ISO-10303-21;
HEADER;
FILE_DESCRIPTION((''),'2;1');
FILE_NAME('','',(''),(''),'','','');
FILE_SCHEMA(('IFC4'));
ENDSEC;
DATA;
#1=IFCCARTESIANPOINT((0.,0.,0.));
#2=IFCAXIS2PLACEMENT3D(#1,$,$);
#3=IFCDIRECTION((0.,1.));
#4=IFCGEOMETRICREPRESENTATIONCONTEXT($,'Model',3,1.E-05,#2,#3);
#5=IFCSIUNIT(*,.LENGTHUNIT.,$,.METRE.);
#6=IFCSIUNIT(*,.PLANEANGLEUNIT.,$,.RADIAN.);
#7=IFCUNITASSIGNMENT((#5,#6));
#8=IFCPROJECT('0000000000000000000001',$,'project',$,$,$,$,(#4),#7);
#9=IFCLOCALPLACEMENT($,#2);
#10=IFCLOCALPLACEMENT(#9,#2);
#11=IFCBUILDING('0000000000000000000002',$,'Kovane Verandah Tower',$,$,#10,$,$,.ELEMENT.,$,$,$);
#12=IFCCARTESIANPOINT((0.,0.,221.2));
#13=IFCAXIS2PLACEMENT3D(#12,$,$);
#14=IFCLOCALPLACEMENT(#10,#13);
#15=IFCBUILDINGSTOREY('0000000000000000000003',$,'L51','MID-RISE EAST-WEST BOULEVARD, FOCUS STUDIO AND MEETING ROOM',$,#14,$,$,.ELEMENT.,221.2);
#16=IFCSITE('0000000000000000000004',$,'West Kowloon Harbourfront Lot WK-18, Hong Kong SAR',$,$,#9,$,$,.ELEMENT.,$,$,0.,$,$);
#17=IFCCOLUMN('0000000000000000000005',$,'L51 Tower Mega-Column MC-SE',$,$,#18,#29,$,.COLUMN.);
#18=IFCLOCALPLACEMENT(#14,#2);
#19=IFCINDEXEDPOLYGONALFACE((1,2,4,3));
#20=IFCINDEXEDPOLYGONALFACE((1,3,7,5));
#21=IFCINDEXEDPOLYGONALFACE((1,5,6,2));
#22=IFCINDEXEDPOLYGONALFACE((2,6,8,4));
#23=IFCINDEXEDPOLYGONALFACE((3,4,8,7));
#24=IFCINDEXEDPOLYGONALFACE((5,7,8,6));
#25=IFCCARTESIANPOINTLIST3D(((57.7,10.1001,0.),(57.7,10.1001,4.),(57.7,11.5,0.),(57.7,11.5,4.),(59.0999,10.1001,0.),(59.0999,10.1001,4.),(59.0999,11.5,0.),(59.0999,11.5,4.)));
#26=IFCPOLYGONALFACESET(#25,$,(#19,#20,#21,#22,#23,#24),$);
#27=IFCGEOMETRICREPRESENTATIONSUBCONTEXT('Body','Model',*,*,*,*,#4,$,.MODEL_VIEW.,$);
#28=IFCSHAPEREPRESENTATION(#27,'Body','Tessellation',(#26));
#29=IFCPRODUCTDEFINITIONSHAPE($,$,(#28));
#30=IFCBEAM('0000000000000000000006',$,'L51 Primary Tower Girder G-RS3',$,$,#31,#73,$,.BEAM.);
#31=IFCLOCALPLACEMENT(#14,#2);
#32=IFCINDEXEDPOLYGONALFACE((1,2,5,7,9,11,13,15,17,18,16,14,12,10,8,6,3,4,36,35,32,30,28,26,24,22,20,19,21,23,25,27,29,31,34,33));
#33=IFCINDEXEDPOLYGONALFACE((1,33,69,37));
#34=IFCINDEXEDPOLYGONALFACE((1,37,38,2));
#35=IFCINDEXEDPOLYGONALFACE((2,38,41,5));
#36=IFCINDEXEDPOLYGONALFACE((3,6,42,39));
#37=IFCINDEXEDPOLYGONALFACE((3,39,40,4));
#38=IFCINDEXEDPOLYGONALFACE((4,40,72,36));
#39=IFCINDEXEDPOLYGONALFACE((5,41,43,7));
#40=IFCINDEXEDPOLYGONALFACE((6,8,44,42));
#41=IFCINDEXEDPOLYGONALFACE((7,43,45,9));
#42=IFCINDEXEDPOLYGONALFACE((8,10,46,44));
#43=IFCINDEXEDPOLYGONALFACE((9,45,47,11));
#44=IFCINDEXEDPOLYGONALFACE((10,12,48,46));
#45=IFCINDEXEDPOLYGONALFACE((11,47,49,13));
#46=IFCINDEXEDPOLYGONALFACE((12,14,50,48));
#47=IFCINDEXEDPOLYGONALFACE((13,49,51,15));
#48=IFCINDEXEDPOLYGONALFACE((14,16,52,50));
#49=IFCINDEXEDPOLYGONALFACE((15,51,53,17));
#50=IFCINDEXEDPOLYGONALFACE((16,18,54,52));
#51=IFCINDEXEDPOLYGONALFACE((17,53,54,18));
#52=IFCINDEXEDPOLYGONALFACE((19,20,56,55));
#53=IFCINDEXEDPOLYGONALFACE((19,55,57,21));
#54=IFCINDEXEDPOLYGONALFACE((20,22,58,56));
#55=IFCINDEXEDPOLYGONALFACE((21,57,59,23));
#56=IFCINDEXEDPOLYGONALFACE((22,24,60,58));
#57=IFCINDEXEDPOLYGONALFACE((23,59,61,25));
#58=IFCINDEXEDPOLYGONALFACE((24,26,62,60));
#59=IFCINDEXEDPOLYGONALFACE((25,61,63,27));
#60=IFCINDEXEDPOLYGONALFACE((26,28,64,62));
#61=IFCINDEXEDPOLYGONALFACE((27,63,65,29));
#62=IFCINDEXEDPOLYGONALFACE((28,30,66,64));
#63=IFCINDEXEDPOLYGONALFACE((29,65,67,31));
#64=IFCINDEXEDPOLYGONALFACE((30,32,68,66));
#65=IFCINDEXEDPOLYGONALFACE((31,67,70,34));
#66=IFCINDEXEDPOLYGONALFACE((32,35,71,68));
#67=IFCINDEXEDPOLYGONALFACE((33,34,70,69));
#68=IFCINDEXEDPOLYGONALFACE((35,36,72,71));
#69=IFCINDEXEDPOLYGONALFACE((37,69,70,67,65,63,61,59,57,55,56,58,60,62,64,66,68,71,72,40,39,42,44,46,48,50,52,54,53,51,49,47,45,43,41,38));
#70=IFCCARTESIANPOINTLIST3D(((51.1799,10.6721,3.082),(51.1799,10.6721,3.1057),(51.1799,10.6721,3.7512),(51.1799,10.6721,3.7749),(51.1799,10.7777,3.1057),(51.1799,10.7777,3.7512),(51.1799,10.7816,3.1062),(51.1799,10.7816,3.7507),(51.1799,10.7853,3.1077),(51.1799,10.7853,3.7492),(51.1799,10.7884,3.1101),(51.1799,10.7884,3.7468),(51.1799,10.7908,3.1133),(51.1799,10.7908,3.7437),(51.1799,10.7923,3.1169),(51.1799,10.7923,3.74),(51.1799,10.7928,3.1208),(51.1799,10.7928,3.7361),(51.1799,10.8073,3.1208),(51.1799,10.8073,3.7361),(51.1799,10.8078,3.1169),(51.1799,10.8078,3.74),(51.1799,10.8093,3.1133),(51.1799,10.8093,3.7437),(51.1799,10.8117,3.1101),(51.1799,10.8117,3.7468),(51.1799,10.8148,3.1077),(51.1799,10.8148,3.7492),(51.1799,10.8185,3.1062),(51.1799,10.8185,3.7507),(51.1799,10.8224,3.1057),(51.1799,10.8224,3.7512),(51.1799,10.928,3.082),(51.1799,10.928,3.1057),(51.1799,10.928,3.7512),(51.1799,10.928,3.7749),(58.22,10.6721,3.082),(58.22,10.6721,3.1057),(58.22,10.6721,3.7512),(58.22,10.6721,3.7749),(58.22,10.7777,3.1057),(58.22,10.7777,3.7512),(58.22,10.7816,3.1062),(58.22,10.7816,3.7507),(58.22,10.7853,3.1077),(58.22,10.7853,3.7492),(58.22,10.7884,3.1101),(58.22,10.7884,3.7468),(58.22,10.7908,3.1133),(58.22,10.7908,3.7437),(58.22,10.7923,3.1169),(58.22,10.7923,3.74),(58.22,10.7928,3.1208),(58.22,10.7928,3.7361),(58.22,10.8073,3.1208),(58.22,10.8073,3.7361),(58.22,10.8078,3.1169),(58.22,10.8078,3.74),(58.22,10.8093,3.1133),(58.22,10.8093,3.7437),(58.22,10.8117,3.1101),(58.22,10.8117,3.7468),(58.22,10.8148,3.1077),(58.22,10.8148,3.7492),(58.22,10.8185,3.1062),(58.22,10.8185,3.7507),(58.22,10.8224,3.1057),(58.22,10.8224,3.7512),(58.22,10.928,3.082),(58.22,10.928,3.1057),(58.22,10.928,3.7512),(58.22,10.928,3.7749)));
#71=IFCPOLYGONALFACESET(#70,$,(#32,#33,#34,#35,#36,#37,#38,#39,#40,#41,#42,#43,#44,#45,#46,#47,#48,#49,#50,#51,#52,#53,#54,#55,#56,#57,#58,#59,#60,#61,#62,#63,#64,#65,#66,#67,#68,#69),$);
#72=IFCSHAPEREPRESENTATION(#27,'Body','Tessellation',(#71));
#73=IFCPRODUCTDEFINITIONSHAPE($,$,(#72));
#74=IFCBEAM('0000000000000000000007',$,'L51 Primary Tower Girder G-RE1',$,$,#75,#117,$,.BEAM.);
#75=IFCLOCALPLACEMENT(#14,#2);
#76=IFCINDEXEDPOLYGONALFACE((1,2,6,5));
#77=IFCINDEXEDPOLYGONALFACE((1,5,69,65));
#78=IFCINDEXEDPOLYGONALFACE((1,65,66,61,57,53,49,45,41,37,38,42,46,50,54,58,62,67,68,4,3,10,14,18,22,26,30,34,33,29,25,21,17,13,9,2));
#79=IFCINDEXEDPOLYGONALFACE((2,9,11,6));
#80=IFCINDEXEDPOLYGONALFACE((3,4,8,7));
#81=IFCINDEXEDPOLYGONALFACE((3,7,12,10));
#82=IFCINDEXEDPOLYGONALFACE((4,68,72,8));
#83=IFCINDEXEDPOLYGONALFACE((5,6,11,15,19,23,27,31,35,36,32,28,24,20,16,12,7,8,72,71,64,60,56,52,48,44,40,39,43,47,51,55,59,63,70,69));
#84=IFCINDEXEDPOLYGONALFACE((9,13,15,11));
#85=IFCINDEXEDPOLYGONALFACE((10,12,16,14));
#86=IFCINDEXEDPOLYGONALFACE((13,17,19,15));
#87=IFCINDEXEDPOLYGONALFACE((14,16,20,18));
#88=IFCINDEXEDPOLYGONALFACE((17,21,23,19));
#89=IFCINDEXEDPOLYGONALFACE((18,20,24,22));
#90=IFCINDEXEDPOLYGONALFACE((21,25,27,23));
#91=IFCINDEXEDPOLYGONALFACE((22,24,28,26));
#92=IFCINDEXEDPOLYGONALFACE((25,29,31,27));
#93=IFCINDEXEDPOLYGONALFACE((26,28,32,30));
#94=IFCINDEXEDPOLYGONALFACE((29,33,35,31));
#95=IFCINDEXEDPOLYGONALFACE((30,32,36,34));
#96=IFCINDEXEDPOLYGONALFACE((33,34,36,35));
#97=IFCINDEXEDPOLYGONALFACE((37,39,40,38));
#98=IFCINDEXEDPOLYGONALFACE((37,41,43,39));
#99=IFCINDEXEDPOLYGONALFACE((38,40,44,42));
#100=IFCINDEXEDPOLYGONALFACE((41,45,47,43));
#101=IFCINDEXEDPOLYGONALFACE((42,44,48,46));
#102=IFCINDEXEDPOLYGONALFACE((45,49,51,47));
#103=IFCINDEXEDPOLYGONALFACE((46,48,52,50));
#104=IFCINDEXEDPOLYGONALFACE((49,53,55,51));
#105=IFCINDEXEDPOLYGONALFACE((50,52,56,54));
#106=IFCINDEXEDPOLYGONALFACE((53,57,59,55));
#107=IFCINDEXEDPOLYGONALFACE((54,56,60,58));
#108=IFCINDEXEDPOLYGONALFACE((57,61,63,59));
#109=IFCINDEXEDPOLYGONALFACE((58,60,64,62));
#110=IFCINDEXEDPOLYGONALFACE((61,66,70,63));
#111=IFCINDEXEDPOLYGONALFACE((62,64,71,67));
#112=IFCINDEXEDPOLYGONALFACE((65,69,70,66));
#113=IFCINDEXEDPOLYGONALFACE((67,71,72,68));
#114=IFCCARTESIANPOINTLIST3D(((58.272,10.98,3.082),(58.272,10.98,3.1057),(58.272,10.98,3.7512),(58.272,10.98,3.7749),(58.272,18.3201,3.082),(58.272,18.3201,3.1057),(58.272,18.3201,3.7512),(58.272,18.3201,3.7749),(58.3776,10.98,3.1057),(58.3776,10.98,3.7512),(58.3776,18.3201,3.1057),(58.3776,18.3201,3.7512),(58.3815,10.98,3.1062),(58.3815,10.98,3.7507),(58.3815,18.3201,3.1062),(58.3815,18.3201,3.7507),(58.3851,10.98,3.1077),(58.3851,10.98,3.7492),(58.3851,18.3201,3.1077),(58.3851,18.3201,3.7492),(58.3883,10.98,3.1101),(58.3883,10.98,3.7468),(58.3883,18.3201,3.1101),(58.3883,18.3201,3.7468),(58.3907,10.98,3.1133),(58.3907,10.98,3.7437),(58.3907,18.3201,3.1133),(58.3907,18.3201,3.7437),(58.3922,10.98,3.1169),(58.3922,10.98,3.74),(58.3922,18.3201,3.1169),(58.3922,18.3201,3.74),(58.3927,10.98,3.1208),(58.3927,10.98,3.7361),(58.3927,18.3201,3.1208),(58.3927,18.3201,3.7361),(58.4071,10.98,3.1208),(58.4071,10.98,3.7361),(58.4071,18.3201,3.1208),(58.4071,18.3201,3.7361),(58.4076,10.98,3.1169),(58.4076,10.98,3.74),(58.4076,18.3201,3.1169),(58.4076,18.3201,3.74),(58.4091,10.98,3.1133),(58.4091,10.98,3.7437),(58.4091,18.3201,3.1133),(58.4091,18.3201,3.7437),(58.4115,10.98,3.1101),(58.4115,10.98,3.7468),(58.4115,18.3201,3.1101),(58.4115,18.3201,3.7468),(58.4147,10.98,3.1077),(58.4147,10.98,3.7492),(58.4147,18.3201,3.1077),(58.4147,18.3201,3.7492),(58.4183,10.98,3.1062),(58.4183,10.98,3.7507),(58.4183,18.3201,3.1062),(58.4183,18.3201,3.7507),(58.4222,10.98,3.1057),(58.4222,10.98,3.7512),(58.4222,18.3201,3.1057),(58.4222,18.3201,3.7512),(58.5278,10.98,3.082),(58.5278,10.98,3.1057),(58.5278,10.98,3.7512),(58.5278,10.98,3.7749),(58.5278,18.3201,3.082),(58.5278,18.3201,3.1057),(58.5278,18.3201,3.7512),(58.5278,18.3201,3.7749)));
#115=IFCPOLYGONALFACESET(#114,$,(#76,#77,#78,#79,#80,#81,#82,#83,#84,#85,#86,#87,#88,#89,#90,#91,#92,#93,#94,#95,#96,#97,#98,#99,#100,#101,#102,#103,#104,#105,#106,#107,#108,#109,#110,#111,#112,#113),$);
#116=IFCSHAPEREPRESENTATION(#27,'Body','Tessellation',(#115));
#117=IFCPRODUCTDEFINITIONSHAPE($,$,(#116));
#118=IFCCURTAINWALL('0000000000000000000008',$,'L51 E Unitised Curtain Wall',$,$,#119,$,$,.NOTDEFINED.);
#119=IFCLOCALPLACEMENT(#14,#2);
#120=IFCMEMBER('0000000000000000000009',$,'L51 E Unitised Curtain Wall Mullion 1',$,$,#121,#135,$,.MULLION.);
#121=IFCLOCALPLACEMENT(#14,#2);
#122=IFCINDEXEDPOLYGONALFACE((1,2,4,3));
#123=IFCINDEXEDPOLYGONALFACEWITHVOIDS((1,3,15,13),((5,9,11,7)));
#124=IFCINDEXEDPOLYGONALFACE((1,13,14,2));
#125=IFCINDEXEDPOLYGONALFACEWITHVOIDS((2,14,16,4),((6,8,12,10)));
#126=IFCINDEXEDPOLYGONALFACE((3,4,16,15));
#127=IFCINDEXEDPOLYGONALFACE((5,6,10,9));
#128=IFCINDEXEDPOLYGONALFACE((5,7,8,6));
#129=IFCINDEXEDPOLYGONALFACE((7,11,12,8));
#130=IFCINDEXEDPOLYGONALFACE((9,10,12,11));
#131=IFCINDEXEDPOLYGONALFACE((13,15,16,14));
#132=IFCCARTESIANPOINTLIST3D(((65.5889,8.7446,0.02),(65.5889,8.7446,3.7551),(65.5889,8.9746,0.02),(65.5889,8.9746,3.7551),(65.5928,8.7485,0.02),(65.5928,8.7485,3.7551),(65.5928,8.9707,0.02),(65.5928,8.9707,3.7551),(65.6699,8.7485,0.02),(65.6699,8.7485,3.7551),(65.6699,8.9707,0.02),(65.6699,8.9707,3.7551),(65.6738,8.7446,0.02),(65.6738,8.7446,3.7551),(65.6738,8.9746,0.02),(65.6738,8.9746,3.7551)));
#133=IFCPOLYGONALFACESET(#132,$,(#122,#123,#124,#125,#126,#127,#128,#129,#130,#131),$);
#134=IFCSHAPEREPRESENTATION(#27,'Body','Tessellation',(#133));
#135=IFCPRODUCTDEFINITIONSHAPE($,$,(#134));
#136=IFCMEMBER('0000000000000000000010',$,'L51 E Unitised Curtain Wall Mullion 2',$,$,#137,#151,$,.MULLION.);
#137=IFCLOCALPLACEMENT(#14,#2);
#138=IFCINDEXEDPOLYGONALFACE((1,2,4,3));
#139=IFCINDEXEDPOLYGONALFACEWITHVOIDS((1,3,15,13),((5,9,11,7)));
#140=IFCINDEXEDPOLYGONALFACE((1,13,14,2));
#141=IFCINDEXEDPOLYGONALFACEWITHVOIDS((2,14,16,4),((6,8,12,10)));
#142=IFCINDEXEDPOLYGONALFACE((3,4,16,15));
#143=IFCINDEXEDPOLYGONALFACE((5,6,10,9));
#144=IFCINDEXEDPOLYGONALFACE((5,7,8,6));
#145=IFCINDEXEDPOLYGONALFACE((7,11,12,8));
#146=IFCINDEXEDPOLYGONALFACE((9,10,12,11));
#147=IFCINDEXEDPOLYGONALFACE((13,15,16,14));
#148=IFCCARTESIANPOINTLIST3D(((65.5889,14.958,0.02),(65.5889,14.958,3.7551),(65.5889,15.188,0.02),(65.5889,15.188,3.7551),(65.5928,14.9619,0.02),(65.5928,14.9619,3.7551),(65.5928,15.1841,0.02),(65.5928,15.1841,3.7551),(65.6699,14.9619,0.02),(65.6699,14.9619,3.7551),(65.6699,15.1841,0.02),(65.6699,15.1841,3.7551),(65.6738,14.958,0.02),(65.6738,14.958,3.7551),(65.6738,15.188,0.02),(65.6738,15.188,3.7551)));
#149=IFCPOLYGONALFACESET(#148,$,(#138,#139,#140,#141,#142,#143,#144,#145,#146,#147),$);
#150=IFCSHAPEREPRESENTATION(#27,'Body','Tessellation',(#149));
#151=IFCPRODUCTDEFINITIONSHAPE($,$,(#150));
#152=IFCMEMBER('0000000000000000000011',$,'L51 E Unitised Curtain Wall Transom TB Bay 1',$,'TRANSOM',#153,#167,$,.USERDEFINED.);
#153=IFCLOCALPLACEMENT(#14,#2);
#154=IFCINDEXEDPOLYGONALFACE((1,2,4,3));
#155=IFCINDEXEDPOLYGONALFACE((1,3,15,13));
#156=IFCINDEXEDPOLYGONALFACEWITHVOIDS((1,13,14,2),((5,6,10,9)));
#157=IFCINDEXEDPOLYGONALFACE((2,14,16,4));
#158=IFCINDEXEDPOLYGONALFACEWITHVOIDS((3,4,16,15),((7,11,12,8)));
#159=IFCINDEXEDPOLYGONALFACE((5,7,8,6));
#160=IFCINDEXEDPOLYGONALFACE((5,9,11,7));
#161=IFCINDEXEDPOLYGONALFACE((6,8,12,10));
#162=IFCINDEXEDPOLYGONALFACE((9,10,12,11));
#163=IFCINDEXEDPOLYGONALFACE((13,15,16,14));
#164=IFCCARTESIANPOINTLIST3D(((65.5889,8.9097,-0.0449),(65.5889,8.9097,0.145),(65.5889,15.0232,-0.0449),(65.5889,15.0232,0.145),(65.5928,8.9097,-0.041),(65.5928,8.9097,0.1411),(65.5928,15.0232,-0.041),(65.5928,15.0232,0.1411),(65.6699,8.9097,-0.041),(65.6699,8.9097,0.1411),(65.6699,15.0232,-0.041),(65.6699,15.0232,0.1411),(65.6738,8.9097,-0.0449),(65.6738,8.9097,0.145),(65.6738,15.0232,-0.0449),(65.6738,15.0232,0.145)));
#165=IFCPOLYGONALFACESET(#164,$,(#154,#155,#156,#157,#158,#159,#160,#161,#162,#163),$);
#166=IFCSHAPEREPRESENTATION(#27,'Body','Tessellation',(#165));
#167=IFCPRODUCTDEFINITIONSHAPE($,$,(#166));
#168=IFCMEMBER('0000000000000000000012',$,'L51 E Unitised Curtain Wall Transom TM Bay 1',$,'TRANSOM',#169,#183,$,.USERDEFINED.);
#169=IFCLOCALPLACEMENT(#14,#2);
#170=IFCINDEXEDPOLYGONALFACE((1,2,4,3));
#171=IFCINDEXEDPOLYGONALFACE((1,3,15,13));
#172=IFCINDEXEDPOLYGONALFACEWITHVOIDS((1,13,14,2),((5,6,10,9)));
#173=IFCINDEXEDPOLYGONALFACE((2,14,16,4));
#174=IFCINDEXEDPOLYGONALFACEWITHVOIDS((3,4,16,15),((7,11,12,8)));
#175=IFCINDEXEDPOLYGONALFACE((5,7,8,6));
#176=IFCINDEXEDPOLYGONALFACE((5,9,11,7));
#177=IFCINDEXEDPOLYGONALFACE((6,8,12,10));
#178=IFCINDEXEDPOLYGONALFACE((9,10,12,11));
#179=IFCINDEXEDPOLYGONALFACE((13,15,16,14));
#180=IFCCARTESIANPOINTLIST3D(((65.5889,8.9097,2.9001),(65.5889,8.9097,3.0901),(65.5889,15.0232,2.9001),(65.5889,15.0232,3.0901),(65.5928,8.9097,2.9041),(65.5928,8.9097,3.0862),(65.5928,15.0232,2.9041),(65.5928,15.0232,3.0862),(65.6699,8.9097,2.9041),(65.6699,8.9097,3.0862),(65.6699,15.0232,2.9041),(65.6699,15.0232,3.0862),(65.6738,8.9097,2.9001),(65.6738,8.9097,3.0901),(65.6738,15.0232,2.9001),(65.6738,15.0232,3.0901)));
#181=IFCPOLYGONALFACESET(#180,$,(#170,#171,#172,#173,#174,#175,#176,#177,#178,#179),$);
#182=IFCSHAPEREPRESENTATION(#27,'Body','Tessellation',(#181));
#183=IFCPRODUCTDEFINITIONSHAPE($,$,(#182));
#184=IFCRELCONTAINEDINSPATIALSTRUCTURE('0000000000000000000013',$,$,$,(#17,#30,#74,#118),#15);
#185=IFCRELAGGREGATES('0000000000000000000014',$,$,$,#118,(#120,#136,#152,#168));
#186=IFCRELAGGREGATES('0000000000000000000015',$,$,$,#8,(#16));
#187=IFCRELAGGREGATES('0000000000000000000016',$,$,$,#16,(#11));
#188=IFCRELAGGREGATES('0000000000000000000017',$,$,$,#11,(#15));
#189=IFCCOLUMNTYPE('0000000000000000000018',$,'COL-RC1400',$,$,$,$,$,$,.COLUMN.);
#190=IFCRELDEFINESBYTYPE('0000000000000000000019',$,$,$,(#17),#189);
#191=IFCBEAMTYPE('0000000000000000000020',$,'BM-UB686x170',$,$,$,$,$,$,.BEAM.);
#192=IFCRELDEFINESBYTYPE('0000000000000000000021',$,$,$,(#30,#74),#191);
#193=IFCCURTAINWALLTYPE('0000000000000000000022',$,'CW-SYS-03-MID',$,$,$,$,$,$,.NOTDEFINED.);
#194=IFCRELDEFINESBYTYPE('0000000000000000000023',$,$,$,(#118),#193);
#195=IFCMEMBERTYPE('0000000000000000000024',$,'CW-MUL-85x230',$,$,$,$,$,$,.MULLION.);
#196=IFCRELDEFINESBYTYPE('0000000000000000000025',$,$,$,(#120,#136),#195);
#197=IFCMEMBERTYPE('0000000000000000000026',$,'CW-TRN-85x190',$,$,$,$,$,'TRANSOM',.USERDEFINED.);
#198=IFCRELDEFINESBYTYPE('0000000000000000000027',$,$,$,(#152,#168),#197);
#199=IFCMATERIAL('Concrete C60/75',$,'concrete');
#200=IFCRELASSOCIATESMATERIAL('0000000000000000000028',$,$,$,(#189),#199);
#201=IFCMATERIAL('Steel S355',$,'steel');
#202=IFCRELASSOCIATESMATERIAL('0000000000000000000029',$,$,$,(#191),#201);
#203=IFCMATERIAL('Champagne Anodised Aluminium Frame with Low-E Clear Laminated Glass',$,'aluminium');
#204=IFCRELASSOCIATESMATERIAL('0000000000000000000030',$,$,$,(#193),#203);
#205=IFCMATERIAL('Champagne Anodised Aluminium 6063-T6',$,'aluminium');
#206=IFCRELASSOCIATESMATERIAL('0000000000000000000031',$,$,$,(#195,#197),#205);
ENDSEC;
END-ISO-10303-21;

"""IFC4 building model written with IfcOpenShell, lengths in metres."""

from ifc_helpers import new_model, si_unit, direction, frame, origin, origin_2d, place, context, subcontext, project, spatial, rectangle, hollow_rectangle, i_section, extrude, material, material_profile, profile_set, type_object, element, aggregate, save


model = new_model("IFC4")

# Units and contexts
model_context = context("Model", 3, precision=1e-05, world=origin(), true_north=direction((0.0, 1.0)))
body_context = subcontext(model_context, "Body", "Model", "MODEL_VIEW")
ifc_project = project(units=[si_unit("LENGTHUNIT", "METRE"), si_unit("PLANEANGLEUNIT", "RADIAN")], contexts=[model_context])

# Site, building, storey
site_placement = place(None, origin())
site = spatial("IfcSite", under=ifc_project, at=site_placement, Name="West Kowloon Harbourfront Lot WK-18, Hong Kong SAR", CompositionType="ELEMENT", RefElevation=0.0)
building_placement = place(site_placement, origin())
building = spatial("IfcBuilding", under=site, at=building_placement, Name="Kovane Verandah Tower", CompositionType="ELEMENT")
storey_placement = place(building_placement, frame((0.0, 0.0, 221.2)))
storey = spatial("IfcBuildingStorey", under=building, at=storey_placement, Name="L51", Description="MID-RISE EAST-WEST BOULEVARD, FOCUS STUDIO AND MEETING ROOM", CompositionType="ELEMENT", Elevation=221.2)

# Column
ifc_material_1 = material(Name="Concrete C60/75", Category="concrete")
ifc_material_profile_1 = material_profile(ifc_material_1, rectangle(XDim=1.3999, YDim=1.3999, at=origin_2d()), Name="RC1400x1400")
ifc_profile_set_1 = profile_set([ifc_material_profile_1], Name="Concrete C60/75")
column_type = type_object("IfcColumnType", Name="COL-RC1400", PredefinedType="COLUMN", material=ifc_profile_set_1)
column_placement = place(storey_placement, frame((58.3999, 10.8, 0.0), z_axis=(0.0, 0.0, 1.0), x_axis=(1.0, 0.0, 0.0)))
element("IfcColumn", 1, at=column_placement, inside=storey, type_object=column_type, Name="L51 Tower Mega-Column MC-SE", PredefinedType="COLUMN", context=body_context, shape_type="SweptSolid", body=[
    extrude(rectangle(XDim=1.3999, YDim=1.3999, at=origin_2d()), origin(), (0.0, 0.0, 1.0), 4.0),
])

# Beams
ifc_material_2 = material(Name="Steel S355", Category="steel")
ifc_material_profile_2 = material_profile(ifc_material_2, i_section(OverallWidth=0.2559, OverallDepth=0.6929, WebThickness=0.0144, FlangeThickness=0.0237, FilletRadius=0.0151, at=origin_2d()), Name="UB686x254x170")
ifc_profile_set_2 = profile_set([ifc_material_profile_2], Name="Steel S355")
beam_type_1 = type_object("IfcBeamType", Name="BM-UB686x170", PredefinedType="BEAM", material=ifc_profile_set_2)
beam_1_placement = place(storey_placement, frame((51.1799, 10.8, 3.4285), z_axis=(1.0, 0.0, 0.0), x_axis=(0.0, 1.0, 0.0)))
element("IfcBeam", 2, at=beam_1_placement, inside=storey, type_object=beam_type_1, Name="L51 Primary Tower Girder G-RS3", PredefinedType="BEAM", context=body_context, shape_type="SweptSolid", body=[
    extrude(i_section(OverallWidth=0.2559, OverallDepth=0.6929, WebThickness=0.0144, FlangeThickness=0.0237, FilletRadius=0.0151, at=origin_2d()), origin(), (0.0, 0.0, 1.0), 7.04),
])
beam_2_placement = place(storey_placement, frame((58.3999, 10.98, 3.4285), z_axis=(0.0, 1.0, 0.0), x_axis=(-1.0, 0.0, 0.0)))
element("IfcBeam", 3, at=beam_2_placement, inside=storey, type_object=beam_type_1, Name="L51 Primary Tower Girder G-RE1", PredefinedType="BEAM", context=body_context, shape_type="SweptSolid", body=[
    extrude(i_section(OverallWidth=0.2559, OverallDepth=0.6929, WebThickness=0.0144, FlangeThickness=0.0237, FilletRadius=0.0151, at=origin_2d()), origin(), (0.0, 0.0, 1.0), 7.3401),
])

# Curtain wall, members
ifc_material_3 = material(Name="Champagne Anodised Aluminium Frame with Low-E Clear Laminated Glass", Category="aluminium")
curtain_wall_type = type_object("IfcCurtainWallType", Name="CW-SYS-03-MID", PredefinedType="NOTDEFINED", material=ifc_material_3)
curtain_wall_placement = place(storey_placement, origin())
curtain_wall = element("IfcCurtainWall", 4, at=curtain_wall_placement, inside=storey, type_object=curtain_wall_type, Name="L51 E Unitised Curtain Wall", PredefinedType="NOTDEFINED")
ifc_material_4 = material(Name="Champagne Anodised Aluminium 6063-T6", Category="aluminium")
ifc_material_profile_3 = material_profile(ifc_material_4, hollow_rectangle(XDim=0.085, YDim=0.23, WallThickness=0.0039, at=origin_2d()), Name="AL85x230x4")
ifc_profile_set_3 = profile_set([ifc_material_profile_3], Name="Champagne Anodised Aluminium 6063-T6")
member_type_1 = type_object("IfcMemberType", Name="CW-MUL-85x230", PredefinedType="MULLION", material=ifc_profile_set_3)
member_1_placement = place(storey_placement, frame((65.6313, 8.8596, 0.02), z_axis=(0.0, 0.0, 1.0), x_axis=(1.0, 0.0, 0.0)))
member_1 = element("IfcMember", 5, at=member_1_placement, type_object=member_type_1, Name="L51 E Unitised Curtain Wall Mullion 1", PredefinedType="MULLION", context=body_context, shape_type="SweptSolid", body=[
    extrude(hollow_rectangle(XDim=0.085, YDim=0.23, WallThickness=0.0039, at=origin_2d()), origin(), (0.0, 0.0, 1.0), 3.7351),
])
member_2_placement = place(storey_placement, frame((65.6313, 15.073, 0.02), z_axis=(0.0, 0.0, 1.0), x_axis=(1.0, 0.0, 0.0)))
member_2 = element("IfcMember", 6, at=member_2_placement, type_object=member_type_1, Name="L51 E Unitised Curtain Wall Mullion 2", PredefinedType="MULLION", context=body_context, shape_type="SweptSolid", body=[
    extrude(hollow_rectangle(XDim=0.085, YDim=0.23, WallThickness=0.0039, at=origin_2d()), origin(), (0.0, 0.0, 1.0), 3.7351),
])
ifc_material_profile_4 = material_profile(ifc_material_4, hollow_rectangle(XDim=0.085, YDim=0.1899, WallThickness=0.0039, at=origin_2d()), Name="AL85x190x4")
ifc_profile_set_4 = profile_set([ifc_material_profile_4], Name="Champagne Anodised Aluminium 6063-T6")
member_type_2 = type_object("IfcMemberType", Name="CW-TRN-85x190", ElementType="TRANSOM", PredefinedType="USERDEFINED", material=ifc_profile_set_4)
member_3_placement = place(storey_placement, frame((65.6313, 8.9097, 0.05), z_axis=(0.0, 1.0, 0.0), x_axis=(-1.0, 0.0, 0.0)))
member_3 = element("IfcMember", 7, at=member_3_placement, type_object=member_type_2, Name="L51 E Unitised Curtain Wall Transom TB Bay 1", ObjectType="TRANSOM", PredefinedType="USERDEFINED", context=body_context, shape_type="SweptSolid", body=[
    extrude(hollow_rectangle(XDim=0.085, YDim=0.1899, WallThickness=0.0039, at=origin_2d()), origin(), (0.0, 0.0, 1.0), 6.1135),
])
member_4_placement = place(storey_placement, frame((65.6313, 8.9097, 2.9951), z_axis=(0.0, 1.0, 0.0), x_axis=(-1.0, 0.0, 0.0)))
member_4 = element("IfcMember", 8, at=member_4_placement, type_object=member_type_2, Name="L51 E Unitised Curtain Wall Transom TM Bay 1", ObjectType="TRANSOM", PredefinedType="USERDEFINED", context=body_context, shape_type="SweptSolid", body=[
    extrude(hollow_rectangle(XDim=0.085, YDim=0.1899, WallThickness=0.0039, at=origin_2d()), origin(), (0.0, 0.0, 1.0), 6.1135),
])

aggregate(curtain_wall, [member_1, member_2, member_3, member_4])

save(model, "model.ifc")
